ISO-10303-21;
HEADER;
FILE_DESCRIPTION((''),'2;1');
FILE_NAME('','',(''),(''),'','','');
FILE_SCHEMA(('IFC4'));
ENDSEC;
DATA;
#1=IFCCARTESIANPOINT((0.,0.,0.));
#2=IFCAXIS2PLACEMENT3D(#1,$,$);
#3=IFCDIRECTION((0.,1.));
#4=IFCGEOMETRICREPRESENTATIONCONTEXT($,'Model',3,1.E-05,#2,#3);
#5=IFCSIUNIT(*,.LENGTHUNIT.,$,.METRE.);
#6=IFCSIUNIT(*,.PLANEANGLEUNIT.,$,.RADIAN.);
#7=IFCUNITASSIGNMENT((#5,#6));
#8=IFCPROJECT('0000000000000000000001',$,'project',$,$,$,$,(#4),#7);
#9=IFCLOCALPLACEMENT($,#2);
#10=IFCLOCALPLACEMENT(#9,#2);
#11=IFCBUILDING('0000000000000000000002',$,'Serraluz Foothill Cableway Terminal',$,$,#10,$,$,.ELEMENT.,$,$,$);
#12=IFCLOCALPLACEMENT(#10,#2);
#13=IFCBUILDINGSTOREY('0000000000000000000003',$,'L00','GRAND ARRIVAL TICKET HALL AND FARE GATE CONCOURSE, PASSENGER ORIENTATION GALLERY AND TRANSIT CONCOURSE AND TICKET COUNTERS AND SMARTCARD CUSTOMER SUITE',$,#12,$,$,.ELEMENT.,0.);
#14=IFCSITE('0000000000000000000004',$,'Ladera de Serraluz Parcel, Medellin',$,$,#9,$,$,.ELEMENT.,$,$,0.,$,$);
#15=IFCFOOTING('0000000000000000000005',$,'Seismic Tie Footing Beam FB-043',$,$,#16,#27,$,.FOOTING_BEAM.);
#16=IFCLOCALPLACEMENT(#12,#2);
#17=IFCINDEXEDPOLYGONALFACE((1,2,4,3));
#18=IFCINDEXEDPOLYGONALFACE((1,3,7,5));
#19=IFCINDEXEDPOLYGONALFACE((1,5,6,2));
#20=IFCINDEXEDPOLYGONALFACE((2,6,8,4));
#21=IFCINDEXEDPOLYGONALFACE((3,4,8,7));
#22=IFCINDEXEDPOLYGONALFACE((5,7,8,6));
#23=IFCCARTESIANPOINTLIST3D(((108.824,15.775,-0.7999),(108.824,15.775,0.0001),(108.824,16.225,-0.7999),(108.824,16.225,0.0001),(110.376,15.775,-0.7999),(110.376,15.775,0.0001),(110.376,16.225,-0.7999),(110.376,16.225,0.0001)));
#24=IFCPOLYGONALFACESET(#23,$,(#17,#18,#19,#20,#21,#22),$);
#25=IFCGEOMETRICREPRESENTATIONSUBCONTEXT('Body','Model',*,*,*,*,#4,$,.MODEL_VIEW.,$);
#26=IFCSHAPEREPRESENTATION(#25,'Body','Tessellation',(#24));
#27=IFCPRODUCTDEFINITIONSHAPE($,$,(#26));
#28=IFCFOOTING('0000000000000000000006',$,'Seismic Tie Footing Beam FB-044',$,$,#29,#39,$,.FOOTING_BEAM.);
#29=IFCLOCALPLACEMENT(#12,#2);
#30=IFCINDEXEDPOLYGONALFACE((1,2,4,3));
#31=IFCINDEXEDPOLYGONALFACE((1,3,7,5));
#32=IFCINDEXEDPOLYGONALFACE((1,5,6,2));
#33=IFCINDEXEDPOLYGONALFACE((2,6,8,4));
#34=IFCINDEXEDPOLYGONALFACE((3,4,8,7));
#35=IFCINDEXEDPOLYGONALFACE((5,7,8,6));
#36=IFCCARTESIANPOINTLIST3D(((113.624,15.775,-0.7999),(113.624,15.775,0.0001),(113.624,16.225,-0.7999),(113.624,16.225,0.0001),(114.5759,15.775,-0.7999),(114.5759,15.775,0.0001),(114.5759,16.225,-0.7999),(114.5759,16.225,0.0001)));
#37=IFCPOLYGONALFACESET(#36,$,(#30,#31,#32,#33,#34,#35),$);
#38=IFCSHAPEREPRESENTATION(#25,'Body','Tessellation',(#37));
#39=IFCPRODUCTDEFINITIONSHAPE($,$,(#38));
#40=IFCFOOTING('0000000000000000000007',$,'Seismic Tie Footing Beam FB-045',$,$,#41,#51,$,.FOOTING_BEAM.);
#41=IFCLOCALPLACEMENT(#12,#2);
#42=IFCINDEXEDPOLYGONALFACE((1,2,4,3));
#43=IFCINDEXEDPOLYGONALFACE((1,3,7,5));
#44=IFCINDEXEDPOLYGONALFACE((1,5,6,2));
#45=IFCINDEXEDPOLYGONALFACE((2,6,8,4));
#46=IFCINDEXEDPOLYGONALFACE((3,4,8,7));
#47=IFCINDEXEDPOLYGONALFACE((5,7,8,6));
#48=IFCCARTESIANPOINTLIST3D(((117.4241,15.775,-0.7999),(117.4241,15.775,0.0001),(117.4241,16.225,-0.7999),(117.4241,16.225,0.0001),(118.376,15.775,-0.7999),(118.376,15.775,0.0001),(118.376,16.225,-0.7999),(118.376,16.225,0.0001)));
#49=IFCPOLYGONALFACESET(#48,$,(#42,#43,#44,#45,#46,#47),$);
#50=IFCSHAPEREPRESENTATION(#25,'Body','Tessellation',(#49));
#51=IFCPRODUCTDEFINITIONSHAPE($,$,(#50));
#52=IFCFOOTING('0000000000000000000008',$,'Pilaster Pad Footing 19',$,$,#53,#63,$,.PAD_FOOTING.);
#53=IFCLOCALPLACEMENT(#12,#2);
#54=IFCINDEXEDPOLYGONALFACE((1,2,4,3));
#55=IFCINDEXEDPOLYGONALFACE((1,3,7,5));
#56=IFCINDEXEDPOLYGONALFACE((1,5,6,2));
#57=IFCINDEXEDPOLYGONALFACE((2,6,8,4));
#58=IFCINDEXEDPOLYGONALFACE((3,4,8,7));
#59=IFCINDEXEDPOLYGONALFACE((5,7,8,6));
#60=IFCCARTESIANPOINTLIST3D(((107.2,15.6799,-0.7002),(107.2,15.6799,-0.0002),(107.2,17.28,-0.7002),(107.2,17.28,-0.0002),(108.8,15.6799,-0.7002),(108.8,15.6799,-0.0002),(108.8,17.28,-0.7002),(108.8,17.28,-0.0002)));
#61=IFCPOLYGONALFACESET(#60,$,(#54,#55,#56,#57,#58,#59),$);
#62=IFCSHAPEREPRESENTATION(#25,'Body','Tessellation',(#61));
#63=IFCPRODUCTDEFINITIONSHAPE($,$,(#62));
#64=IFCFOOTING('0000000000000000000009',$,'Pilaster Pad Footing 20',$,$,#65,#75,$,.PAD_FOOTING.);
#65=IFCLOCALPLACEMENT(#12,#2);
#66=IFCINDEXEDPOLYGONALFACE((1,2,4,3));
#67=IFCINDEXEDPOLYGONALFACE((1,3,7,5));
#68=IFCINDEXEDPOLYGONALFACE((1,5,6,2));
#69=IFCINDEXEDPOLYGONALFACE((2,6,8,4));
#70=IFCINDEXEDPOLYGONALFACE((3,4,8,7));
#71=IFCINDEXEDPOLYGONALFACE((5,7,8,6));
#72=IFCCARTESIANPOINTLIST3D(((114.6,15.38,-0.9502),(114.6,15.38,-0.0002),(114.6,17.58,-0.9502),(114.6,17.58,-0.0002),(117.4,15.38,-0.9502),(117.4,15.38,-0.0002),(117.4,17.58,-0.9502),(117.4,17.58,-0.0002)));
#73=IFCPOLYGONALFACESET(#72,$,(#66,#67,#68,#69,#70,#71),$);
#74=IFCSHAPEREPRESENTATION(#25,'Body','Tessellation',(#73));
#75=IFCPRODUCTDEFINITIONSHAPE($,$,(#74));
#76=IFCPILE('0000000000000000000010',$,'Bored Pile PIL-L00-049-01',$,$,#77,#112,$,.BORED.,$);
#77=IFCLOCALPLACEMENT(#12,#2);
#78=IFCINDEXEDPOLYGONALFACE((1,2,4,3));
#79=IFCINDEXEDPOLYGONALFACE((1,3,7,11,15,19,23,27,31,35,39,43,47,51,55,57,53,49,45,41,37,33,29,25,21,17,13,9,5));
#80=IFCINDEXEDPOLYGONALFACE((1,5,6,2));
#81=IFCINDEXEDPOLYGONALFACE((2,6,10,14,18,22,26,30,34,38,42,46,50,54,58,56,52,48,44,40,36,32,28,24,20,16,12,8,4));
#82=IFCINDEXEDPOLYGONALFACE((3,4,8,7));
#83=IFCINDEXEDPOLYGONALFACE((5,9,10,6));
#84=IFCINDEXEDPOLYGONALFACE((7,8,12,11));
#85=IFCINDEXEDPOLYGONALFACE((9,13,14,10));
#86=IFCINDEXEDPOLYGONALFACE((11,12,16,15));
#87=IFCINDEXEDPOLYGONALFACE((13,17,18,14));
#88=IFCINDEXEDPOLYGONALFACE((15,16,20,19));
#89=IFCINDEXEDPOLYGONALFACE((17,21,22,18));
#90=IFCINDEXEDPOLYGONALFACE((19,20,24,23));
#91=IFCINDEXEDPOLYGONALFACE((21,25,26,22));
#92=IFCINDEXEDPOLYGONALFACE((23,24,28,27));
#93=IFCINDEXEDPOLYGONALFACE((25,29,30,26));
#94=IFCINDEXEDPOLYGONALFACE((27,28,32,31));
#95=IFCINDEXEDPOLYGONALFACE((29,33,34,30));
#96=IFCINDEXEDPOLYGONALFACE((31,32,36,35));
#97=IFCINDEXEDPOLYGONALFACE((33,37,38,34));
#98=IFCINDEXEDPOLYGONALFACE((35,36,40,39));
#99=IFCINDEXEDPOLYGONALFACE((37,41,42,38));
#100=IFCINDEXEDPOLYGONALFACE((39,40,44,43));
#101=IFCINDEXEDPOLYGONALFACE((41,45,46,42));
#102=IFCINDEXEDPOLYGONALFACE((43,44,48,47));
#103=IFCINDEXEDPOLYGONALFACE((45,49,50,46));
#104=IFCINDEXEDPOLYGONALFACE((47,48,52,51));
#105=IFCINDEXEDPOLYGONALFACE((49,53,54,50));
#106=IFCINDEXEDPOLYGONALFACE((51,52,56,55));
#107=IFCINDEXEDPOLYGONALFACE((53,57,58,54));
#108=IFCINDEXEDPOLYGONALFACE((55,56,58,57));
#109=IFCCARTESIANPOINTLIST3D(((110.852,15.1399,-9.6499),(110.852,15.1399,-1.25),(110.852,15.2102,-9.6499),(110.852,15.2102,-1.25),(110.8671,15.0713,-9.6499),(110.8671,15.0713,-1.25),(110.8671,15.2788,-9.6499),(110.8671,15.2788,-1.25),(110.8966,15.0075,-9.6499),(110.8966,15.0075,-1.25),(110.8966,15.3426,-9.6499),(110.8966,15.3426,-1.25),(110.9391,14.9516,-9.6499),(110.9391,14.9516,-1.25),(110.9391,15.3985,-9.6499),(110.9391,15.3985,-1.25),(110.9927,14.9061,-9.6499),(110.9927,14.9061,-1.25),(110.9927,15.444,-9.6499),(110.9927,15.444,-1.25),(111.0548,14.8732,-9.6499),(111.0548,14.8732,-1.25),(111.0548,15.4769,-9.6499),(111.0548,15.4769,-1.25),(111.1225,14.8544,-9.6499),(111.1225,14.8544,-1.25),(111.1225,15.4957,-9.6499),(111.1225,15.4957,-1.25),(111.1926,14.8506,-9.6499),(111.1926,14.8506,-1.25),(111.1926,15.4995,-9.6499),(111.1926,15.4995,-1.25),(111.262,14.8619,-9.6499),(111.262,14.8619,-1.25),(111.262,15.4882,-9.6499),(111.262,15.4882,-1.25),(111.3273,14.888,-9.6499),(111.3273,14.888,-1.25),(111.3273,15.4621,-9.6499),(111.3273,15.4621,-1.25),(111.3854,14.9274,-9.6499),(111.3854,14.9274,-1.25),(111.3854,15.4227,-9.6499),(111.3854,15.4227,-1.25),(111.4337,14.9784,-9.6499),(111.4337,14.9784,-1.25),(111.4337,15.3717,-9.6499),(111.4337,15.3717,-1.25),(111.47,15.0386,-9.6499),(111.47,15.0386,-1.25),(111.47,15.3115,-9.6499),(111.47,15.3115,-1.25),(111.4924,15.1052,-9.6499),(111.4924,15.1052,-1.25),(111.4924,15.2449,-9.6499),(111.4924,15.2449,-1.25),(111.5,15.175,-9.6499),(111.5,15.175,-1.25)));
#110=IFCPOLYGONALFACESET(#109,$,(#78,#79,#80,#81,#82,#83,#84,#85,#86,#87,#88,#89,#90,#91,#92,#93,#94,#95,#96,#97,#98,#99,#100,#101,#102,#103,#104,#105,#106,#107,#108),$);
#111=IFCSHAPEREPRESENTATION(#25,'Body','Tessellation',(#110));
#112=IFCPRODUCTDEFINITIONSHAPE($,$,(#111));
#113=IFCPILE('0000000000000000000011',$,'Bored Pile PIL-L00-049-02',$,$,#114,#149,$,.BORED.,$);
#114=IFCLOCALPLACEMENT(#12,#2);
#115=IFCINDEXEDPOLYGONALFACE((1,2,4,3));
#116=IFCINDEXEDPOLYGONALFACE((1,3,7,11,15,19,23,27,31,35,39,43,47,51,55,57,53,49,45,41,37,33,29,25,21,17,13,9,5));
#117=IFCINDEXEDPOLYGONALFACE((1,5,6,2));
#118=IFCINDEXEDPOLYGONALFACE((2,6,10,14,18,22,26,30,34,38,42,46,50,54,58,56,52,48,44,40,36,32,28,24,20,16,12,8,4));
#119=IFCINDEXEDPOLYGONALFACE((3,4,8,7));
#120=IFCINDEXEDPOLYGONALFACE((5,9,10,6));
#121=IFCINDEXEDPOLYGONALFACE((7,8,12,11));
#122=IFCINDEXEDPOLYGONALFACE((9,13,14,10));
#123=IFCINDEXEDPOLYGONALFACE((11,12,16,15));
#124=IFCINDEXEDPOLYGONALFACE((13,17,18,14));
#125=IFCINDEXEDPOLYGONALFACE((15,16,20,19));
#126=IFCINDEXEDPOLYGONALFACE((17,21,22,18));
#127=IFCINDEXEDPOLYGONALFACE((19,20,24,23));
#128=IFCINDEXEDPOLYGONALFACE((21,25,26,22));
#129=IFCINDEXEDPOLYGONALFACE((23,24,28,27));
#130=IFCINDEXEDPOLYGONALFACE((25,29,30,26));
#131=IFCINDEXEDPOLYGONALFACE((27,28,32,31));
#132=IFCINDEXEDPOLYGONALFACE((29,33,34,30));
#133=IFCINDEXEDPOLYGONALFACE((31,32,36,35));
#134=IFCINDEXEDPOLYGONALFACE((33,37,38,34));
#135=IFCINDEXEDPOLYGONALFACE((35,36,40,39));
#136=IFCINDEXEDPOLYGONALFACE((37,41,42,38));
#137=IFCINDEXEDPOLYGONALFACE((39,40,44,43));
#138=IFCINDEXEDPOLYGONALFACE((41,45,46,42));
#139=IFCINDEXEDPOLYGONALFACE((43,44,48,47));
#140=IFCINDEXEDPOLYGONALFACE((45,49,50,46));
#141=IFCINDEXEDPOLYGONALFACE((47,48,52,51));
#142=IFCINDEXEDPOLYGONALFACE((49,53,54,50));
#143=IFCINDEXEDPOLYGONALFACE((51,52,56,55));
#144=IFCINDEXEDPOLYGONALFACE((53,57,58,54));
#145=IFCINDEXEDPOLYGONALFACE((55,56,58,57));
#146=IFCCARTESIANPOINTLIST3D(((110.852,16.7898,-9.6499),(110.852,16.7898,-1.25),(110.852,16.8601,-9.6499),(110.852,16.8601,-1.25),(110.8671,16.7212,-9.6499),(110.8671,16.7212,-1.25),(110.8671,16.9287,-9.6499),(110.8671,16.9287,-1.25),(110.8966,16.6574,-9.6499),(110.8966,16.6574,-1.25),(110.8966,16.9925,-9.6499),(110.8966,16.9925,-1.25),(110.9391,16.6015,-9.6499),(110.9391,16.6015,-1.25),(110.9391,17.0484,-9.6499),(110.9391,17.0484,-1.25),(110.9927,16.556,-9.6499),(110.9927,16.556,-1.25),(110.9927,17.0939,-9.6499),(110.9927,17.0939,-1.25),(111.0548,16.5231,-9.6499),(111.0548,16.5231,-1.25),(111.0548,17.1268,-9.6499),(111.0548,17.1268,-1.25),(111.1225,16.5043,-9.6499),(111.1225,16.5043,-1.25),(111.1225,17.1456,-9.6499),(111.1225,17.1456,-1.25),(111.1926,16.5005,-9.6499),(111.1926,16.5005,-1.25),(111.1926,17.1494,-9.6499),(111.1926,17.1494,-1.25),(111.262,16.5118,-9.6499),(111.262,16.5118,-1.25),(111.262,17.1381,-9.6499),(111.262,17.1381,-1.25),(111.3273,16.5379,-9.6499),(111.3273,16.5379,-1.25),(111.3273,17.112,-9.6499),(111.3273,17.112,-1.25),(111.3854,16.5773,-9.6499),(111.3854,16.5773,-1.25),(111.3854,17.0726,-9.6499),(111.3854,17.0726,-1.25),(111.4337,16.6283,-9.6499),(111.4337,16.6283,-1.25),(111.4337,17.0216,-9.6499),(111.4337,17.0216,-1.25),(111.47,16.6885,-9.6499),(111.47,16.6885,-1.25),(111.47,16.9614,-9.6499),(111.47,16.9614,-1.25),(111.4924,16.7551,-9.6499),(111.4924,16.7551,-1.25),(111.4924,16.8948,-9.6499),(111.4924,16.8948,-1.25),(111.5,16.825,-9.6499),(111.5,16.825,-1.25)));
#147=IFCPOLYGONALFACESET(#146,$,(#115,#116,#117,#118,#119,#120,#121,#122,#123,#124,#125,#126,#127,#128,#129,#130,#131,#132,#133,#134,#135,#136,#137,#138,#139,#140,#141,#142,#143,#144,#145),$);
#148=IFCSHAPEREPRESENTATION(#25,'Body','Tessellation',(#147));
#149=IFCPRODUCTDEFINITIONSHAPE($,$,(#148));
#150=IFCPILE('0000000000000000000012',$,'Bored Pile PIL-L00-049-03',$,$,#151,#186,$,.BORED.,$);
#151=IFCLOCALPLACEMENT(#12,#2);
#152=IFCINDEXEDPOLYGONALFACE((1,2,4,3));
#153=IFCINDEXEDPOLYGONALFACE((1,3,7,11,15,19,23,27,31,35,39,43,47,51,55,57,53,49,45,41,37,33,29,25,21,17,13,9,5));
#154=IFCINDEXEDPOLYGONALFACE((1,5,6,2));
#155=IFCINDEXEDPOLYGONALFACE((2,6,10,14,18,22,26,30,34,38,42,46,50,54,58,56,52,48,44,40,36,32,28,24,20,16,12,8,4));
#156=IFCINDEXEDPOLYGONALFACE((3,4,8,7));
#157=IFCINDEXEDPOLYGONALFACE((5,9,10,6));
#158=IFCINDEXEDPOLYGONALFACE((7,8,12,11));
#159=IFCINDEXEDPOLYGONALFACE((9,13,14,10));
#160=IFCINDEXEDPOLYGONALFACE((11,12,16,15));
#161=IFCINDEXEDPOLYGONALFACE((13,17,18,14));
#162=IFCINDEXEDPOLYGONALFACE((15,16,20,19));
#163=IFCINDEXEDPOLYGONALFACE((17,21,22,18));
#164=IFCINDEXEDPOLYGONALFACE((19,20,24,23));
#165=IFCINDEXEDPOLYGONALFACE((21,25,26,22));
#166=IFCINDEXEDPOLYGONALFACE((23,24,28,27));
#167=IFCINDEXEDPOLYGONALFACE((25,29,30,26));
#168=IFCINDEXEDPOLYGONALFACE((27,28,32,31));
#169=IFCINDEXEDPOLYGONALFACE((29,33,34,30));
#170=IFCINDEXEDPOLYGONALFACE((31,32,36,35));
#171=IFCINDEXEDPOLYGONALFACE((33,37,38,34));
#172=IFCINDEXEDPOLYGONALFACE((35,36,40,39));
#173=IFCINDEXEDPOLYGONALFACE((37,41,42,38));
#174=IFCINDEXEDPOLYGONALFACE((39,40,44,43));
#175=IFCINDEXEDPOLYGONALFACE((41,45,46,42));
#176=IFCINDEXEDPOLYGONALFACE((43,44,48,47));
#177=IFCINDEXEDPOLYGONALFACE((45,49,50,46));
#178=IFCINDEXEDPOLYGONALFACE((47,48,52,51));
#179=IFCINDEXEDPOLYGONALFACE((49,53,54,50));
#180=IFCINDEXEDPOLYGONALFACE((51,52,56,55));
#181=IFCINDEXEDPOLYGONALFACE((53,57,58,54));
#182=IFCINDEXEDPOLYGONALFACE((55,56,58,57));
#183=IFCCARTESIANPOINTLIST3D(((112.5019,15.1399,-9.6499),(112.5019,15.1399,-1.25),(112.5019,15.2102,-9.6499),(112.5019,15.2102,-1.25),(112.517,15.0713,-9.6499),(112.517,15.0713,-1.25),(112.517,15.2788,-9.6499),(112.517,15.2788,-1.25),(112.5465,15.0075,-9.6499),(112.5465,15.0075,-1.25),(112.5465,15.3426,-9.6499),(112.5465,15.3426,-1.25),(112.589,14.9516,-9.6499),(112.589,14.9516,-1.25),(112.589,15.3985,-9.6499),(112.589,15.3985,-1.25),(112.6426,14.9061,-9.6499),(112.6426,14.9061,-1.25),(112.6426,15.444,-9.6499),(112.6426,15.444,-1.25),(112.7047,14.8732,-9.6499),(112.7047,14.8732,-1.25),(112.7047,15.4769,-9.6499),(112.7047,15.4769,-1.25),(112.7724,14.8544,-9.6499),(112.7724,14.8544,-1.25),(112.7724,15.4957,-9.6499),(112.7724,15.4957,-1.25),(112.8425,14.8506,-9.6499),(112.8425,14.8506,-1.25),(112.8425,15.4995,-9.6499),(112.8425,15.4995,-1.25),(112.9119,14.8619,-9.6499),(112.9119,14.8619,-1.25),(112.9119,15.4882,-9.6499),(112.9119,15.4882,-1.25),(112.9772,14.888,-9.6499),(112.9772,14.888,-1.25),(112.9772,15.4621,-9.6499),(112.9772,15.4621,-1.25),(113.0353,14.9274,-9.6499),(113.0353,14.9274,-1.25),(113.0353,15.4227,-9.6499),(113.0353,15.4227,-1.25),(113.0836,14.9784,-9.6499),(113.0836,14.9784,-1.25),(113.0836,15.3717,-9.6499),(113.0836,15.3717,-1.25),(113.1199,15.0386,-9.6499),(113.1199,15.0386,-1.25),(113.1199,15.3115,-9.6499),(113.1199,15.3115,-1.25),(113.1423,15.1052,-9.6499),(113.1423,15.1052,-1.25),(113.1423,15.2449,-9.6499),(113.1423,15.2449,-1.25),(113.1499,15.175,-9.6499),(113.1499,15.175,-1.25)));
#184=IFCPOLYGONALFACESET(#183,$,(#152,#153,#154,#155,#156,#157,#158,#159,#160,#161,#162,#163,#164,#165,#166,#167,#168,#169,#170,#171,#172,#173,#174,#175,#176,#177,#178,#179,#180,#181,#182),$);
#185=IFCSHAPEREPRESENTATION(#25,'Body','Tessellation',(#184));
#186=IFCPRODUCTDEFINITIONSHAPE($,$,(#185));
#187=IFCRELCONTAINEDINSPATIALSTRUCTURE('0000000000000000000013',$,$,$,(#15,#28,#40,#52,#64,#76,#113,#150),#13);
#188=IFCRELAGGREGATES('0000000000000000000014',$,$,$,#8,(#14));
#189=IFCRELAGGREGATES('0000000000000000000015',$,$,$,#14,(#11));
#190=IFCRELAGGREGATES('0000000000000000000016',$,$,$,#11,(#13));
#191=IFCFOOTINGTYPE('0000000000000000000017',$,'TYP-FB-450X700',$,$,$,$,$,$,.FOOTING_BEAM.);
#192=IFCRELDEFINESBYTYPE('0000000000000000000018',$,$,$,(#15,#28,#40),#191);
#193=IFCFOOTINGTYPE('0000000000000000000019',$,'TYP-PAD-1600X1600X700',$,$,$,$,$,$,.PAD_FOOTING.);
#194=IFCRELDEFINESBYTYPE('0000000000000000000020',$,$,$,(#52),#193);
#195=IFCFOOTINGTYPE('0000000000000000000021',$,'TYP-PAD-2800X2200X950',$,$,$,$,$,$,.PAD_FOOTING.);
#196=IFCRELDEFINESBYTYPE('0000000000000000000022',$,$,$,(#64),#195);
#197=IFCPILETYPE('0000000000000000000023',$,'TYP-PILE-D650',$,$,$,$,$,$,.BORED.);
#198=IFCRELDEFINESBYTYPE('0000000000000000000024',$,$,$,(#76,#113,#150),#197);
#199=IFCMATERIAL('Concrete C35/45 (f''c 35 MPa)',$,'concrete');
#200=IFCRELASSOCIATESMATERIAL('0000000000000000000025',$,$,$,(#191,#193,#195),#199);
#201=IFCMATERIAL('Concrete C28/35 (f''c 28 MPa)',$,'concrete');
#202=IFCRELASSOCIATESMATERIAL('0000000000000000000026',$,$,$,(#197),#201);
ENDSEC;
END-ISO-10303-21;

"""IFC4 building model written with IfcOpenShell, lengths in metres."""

from ifc_helpers import new_model, si_unit, direction, frame, origin, origin_2d, place, context, subcontext, project, spatial, rectangle, circle, extrude, material, material_profile, profile_set, type_object, element, save


model = new_model("IFC4")

# Units and contexts
model_context = context("Model", 3, precision=1e-05, world=origin(), true_north=direction((0.0, 1.0)))
body_context = subcontext(model_context, "Body", "Model", "MODEL_VIEW")
ifc_project = project(units=[si_unit("LENGTHUNIT", "METRE"), si_unit("PLANEANGLEUNIT", "RADIAN")], contexts=[model_context])

# Site, building, storey
site_placement = place(None, origin())
site = spatial("IfcSite", under=ifc_project, at=site_placement, Name="Ladera de Serraluz Parcel, Medellin", CompositionType="ELEMENT", RefElevation=0.0)
building_placement = place(site_placement, origin())
building = spatial("IfcBuilding", under=site, at=building_placement, Name="Serraluz Foothill Cableway Terminal", CompositionType="ELEMENT")
storey_placement = place(building_placement, origin())
storey = spatial("IfcBuildingStorey", under=building, at=storey_placement, Name="L00", Description="GRAND ARRIVAL TICKET HALL AND FARE GATE CONCOURSE, PASSENGER ORIENTATION GALLERY AND TRANSIT CONCOURSE AND TICKET COUNTERS AND SMARTCARD CUSTOMER SUITE", CompositionType="ELEMENT", Elevation=0.0)

# Footings
ifc_material_1 = material(Name="Concrete C35/45 (f'c 35 MPa)", Category="concrete")
ifc_material_profile_1 = material_profile(ifc_material_1, rectangle(XDim=0.45, YDim=0.8, at=origin_2d()), Name="RC 450x800")
ifc_profile_set_1 = profile_set([ifc_material_profile_1], Name="Concrete C35/45 (f'c 35 MPa)")
footing_type_1 = type_object("IfcFootingType", Name="TYP-FB-450X700", PredefinedType="FOOTING_BEAM", material=ifc_profile_set_1)
footing_1_placement = place(storey_placement, frame((108.824, 16.0, -0.3999), z_axis=(1.0, 0.0, 0.0), x_axis=(0.0, 1.0, 0.0)))
element("IfcFooting", 1, at=footing_1_placement, inside=storey, type_object=footing_type_1, Name="Seismic Tie Footing Beam FB-043", PredefinedType="FOOTING_BEAM", context=body_context, shape_type="SweptSolid", body=[
    extrude(rectangle(XDim=0.45, YDim=0.8, at=origin_2d()), origin(), (0.0, 0.0, 1.0), 1.552),
])
for number, where, z_axis, x_axis, name in (
    (2, (113.624, 16.0, -0.3999), (1.0, 0.0, 0.0), (0.0, 1.0, 0.0), "Seismic Tie Footing Beam FB-044"),
    (3, (117.4241, 16.0, -0.3999), (1.0, 0.0, 0.0), (0.0, 1.0, 0.0), "Seismic Tie Footing Beam FB-045"),
):
    element("IfcFooting", number, at=place(storey_placement, frame(where, z_axis=z_axis, x_axis=x_axis)), inside=storey, type_object=footing_type_1, Name=name, PredefinedType="FOOTING_BEAM", context=body_context, shape_type="SweptSolid", body=[
        extrude(rectangle(XDim=0.45, YDim=0.8, at=origin_2d()), origin(), (0.0, 0.0, 1.0), 0.9519),
    ])
footing_type_2 = type_object("IfcFootingType", Name="TYP-PAD-1600X1600X700", PredefinedType="PAD_FOOTING", material=ifc_material_1)
footing_2_placement = place(storey_placement, frame((108.0, 16.48, -0.7002), z_axis=(0.0, 0.0, 1.0), x_axis=(1.0, 0.0, 0.0)))
element("IfcFooting", 4, at=footing_2_placement, inside=storey, type_object=footing_type_2, Name="Pilaster Pad Footing 19", PredefinedType="PAD_FOOTING", context=body_context, shape_type="SweptSolid", body=[
    extrude(rectangle(XDim=1.6001, YDim=1.6001, at=origin_2d()), origin(), (0.0, 0.0, 1.0), 0.7),
])
footing_type_3 = type_object("IfcFootingType", Name="TYP-PAD-2800X2200X950", PredefinedType="PAD_FOOTING", material=ifc_material_1)
footing_3_placement = place(storey_placement, frame((116.0, 16.48, -0.9502), z_axis=(0.0, 0.0, 1.0), x_axis=(1.0, 0.0, 0.0)))
element("IfcFooting", 5, at=footing_3_placement, inside=storey, type_object=footing_type_3, Name="Pilaster Pad Footing 20", PredefinedType="PAD_FOOTING", context=body_context, shape_type="SweptSolid", body=[
    extrude(rectangle(XDim=2.8, YDim=2.2, at=origin_2d()), origin(), (0.0, 0.0, 1.0), 0.95),
])

# Piles
ifc_material_2 = material(Name="Concrete C28/35 (f'c 28 MPa)", Category="concrete")
ifc_material_profile_2 = material_profile(ifc_material_2, circle(Radius=0.325, at=origin_2d()), Name="BORED PILE D650")
ifc_profile_set_2 = profile_set([ifc_material_profile_2], Name="Concrete C28/35 (f'c 28 MPa)")
pile_type = type_object("IfcPileType", Name="TYP-PILE-D650", PredefinedType="BORED", material=ifc_profile_set_2)
for number, where, z_axis, x_axis, name in (
    (6, (111.175, 15.175, -1.25), (0.0, 0.0, -1.0), (1.0, 0.0, 0.0), "Bored Pile PIL-L00-049-01"),
    (7, (111.175, 16.825, -1.25), (0.0, 0.0, -1.0), (1.0, 0.0, 0.0), "Bored Pile PIL-L00-049-02"),
    (8, (112.825, 15.175, -1.25), (0.0, 0.0, -1.0), (1.0, 0.0, 0.0), "Bored Pile PIL-L00-049-03"),
):
    element("IfcPile", number, at=place(storey_placement, frame(where, z_axis=z_axis, x_axis=x_axis)), inside=storey, type_object=pile_type, Name=name, PredefinedType="BORED", context=body_context, shape_type="SweptSolid", body=[
        extrude(circle(Radius=0.325, at=origin_2d()), origin(), (0.0, 0.0, 1.0), 8.3999),
    ])

save(model, "model.ifc")
